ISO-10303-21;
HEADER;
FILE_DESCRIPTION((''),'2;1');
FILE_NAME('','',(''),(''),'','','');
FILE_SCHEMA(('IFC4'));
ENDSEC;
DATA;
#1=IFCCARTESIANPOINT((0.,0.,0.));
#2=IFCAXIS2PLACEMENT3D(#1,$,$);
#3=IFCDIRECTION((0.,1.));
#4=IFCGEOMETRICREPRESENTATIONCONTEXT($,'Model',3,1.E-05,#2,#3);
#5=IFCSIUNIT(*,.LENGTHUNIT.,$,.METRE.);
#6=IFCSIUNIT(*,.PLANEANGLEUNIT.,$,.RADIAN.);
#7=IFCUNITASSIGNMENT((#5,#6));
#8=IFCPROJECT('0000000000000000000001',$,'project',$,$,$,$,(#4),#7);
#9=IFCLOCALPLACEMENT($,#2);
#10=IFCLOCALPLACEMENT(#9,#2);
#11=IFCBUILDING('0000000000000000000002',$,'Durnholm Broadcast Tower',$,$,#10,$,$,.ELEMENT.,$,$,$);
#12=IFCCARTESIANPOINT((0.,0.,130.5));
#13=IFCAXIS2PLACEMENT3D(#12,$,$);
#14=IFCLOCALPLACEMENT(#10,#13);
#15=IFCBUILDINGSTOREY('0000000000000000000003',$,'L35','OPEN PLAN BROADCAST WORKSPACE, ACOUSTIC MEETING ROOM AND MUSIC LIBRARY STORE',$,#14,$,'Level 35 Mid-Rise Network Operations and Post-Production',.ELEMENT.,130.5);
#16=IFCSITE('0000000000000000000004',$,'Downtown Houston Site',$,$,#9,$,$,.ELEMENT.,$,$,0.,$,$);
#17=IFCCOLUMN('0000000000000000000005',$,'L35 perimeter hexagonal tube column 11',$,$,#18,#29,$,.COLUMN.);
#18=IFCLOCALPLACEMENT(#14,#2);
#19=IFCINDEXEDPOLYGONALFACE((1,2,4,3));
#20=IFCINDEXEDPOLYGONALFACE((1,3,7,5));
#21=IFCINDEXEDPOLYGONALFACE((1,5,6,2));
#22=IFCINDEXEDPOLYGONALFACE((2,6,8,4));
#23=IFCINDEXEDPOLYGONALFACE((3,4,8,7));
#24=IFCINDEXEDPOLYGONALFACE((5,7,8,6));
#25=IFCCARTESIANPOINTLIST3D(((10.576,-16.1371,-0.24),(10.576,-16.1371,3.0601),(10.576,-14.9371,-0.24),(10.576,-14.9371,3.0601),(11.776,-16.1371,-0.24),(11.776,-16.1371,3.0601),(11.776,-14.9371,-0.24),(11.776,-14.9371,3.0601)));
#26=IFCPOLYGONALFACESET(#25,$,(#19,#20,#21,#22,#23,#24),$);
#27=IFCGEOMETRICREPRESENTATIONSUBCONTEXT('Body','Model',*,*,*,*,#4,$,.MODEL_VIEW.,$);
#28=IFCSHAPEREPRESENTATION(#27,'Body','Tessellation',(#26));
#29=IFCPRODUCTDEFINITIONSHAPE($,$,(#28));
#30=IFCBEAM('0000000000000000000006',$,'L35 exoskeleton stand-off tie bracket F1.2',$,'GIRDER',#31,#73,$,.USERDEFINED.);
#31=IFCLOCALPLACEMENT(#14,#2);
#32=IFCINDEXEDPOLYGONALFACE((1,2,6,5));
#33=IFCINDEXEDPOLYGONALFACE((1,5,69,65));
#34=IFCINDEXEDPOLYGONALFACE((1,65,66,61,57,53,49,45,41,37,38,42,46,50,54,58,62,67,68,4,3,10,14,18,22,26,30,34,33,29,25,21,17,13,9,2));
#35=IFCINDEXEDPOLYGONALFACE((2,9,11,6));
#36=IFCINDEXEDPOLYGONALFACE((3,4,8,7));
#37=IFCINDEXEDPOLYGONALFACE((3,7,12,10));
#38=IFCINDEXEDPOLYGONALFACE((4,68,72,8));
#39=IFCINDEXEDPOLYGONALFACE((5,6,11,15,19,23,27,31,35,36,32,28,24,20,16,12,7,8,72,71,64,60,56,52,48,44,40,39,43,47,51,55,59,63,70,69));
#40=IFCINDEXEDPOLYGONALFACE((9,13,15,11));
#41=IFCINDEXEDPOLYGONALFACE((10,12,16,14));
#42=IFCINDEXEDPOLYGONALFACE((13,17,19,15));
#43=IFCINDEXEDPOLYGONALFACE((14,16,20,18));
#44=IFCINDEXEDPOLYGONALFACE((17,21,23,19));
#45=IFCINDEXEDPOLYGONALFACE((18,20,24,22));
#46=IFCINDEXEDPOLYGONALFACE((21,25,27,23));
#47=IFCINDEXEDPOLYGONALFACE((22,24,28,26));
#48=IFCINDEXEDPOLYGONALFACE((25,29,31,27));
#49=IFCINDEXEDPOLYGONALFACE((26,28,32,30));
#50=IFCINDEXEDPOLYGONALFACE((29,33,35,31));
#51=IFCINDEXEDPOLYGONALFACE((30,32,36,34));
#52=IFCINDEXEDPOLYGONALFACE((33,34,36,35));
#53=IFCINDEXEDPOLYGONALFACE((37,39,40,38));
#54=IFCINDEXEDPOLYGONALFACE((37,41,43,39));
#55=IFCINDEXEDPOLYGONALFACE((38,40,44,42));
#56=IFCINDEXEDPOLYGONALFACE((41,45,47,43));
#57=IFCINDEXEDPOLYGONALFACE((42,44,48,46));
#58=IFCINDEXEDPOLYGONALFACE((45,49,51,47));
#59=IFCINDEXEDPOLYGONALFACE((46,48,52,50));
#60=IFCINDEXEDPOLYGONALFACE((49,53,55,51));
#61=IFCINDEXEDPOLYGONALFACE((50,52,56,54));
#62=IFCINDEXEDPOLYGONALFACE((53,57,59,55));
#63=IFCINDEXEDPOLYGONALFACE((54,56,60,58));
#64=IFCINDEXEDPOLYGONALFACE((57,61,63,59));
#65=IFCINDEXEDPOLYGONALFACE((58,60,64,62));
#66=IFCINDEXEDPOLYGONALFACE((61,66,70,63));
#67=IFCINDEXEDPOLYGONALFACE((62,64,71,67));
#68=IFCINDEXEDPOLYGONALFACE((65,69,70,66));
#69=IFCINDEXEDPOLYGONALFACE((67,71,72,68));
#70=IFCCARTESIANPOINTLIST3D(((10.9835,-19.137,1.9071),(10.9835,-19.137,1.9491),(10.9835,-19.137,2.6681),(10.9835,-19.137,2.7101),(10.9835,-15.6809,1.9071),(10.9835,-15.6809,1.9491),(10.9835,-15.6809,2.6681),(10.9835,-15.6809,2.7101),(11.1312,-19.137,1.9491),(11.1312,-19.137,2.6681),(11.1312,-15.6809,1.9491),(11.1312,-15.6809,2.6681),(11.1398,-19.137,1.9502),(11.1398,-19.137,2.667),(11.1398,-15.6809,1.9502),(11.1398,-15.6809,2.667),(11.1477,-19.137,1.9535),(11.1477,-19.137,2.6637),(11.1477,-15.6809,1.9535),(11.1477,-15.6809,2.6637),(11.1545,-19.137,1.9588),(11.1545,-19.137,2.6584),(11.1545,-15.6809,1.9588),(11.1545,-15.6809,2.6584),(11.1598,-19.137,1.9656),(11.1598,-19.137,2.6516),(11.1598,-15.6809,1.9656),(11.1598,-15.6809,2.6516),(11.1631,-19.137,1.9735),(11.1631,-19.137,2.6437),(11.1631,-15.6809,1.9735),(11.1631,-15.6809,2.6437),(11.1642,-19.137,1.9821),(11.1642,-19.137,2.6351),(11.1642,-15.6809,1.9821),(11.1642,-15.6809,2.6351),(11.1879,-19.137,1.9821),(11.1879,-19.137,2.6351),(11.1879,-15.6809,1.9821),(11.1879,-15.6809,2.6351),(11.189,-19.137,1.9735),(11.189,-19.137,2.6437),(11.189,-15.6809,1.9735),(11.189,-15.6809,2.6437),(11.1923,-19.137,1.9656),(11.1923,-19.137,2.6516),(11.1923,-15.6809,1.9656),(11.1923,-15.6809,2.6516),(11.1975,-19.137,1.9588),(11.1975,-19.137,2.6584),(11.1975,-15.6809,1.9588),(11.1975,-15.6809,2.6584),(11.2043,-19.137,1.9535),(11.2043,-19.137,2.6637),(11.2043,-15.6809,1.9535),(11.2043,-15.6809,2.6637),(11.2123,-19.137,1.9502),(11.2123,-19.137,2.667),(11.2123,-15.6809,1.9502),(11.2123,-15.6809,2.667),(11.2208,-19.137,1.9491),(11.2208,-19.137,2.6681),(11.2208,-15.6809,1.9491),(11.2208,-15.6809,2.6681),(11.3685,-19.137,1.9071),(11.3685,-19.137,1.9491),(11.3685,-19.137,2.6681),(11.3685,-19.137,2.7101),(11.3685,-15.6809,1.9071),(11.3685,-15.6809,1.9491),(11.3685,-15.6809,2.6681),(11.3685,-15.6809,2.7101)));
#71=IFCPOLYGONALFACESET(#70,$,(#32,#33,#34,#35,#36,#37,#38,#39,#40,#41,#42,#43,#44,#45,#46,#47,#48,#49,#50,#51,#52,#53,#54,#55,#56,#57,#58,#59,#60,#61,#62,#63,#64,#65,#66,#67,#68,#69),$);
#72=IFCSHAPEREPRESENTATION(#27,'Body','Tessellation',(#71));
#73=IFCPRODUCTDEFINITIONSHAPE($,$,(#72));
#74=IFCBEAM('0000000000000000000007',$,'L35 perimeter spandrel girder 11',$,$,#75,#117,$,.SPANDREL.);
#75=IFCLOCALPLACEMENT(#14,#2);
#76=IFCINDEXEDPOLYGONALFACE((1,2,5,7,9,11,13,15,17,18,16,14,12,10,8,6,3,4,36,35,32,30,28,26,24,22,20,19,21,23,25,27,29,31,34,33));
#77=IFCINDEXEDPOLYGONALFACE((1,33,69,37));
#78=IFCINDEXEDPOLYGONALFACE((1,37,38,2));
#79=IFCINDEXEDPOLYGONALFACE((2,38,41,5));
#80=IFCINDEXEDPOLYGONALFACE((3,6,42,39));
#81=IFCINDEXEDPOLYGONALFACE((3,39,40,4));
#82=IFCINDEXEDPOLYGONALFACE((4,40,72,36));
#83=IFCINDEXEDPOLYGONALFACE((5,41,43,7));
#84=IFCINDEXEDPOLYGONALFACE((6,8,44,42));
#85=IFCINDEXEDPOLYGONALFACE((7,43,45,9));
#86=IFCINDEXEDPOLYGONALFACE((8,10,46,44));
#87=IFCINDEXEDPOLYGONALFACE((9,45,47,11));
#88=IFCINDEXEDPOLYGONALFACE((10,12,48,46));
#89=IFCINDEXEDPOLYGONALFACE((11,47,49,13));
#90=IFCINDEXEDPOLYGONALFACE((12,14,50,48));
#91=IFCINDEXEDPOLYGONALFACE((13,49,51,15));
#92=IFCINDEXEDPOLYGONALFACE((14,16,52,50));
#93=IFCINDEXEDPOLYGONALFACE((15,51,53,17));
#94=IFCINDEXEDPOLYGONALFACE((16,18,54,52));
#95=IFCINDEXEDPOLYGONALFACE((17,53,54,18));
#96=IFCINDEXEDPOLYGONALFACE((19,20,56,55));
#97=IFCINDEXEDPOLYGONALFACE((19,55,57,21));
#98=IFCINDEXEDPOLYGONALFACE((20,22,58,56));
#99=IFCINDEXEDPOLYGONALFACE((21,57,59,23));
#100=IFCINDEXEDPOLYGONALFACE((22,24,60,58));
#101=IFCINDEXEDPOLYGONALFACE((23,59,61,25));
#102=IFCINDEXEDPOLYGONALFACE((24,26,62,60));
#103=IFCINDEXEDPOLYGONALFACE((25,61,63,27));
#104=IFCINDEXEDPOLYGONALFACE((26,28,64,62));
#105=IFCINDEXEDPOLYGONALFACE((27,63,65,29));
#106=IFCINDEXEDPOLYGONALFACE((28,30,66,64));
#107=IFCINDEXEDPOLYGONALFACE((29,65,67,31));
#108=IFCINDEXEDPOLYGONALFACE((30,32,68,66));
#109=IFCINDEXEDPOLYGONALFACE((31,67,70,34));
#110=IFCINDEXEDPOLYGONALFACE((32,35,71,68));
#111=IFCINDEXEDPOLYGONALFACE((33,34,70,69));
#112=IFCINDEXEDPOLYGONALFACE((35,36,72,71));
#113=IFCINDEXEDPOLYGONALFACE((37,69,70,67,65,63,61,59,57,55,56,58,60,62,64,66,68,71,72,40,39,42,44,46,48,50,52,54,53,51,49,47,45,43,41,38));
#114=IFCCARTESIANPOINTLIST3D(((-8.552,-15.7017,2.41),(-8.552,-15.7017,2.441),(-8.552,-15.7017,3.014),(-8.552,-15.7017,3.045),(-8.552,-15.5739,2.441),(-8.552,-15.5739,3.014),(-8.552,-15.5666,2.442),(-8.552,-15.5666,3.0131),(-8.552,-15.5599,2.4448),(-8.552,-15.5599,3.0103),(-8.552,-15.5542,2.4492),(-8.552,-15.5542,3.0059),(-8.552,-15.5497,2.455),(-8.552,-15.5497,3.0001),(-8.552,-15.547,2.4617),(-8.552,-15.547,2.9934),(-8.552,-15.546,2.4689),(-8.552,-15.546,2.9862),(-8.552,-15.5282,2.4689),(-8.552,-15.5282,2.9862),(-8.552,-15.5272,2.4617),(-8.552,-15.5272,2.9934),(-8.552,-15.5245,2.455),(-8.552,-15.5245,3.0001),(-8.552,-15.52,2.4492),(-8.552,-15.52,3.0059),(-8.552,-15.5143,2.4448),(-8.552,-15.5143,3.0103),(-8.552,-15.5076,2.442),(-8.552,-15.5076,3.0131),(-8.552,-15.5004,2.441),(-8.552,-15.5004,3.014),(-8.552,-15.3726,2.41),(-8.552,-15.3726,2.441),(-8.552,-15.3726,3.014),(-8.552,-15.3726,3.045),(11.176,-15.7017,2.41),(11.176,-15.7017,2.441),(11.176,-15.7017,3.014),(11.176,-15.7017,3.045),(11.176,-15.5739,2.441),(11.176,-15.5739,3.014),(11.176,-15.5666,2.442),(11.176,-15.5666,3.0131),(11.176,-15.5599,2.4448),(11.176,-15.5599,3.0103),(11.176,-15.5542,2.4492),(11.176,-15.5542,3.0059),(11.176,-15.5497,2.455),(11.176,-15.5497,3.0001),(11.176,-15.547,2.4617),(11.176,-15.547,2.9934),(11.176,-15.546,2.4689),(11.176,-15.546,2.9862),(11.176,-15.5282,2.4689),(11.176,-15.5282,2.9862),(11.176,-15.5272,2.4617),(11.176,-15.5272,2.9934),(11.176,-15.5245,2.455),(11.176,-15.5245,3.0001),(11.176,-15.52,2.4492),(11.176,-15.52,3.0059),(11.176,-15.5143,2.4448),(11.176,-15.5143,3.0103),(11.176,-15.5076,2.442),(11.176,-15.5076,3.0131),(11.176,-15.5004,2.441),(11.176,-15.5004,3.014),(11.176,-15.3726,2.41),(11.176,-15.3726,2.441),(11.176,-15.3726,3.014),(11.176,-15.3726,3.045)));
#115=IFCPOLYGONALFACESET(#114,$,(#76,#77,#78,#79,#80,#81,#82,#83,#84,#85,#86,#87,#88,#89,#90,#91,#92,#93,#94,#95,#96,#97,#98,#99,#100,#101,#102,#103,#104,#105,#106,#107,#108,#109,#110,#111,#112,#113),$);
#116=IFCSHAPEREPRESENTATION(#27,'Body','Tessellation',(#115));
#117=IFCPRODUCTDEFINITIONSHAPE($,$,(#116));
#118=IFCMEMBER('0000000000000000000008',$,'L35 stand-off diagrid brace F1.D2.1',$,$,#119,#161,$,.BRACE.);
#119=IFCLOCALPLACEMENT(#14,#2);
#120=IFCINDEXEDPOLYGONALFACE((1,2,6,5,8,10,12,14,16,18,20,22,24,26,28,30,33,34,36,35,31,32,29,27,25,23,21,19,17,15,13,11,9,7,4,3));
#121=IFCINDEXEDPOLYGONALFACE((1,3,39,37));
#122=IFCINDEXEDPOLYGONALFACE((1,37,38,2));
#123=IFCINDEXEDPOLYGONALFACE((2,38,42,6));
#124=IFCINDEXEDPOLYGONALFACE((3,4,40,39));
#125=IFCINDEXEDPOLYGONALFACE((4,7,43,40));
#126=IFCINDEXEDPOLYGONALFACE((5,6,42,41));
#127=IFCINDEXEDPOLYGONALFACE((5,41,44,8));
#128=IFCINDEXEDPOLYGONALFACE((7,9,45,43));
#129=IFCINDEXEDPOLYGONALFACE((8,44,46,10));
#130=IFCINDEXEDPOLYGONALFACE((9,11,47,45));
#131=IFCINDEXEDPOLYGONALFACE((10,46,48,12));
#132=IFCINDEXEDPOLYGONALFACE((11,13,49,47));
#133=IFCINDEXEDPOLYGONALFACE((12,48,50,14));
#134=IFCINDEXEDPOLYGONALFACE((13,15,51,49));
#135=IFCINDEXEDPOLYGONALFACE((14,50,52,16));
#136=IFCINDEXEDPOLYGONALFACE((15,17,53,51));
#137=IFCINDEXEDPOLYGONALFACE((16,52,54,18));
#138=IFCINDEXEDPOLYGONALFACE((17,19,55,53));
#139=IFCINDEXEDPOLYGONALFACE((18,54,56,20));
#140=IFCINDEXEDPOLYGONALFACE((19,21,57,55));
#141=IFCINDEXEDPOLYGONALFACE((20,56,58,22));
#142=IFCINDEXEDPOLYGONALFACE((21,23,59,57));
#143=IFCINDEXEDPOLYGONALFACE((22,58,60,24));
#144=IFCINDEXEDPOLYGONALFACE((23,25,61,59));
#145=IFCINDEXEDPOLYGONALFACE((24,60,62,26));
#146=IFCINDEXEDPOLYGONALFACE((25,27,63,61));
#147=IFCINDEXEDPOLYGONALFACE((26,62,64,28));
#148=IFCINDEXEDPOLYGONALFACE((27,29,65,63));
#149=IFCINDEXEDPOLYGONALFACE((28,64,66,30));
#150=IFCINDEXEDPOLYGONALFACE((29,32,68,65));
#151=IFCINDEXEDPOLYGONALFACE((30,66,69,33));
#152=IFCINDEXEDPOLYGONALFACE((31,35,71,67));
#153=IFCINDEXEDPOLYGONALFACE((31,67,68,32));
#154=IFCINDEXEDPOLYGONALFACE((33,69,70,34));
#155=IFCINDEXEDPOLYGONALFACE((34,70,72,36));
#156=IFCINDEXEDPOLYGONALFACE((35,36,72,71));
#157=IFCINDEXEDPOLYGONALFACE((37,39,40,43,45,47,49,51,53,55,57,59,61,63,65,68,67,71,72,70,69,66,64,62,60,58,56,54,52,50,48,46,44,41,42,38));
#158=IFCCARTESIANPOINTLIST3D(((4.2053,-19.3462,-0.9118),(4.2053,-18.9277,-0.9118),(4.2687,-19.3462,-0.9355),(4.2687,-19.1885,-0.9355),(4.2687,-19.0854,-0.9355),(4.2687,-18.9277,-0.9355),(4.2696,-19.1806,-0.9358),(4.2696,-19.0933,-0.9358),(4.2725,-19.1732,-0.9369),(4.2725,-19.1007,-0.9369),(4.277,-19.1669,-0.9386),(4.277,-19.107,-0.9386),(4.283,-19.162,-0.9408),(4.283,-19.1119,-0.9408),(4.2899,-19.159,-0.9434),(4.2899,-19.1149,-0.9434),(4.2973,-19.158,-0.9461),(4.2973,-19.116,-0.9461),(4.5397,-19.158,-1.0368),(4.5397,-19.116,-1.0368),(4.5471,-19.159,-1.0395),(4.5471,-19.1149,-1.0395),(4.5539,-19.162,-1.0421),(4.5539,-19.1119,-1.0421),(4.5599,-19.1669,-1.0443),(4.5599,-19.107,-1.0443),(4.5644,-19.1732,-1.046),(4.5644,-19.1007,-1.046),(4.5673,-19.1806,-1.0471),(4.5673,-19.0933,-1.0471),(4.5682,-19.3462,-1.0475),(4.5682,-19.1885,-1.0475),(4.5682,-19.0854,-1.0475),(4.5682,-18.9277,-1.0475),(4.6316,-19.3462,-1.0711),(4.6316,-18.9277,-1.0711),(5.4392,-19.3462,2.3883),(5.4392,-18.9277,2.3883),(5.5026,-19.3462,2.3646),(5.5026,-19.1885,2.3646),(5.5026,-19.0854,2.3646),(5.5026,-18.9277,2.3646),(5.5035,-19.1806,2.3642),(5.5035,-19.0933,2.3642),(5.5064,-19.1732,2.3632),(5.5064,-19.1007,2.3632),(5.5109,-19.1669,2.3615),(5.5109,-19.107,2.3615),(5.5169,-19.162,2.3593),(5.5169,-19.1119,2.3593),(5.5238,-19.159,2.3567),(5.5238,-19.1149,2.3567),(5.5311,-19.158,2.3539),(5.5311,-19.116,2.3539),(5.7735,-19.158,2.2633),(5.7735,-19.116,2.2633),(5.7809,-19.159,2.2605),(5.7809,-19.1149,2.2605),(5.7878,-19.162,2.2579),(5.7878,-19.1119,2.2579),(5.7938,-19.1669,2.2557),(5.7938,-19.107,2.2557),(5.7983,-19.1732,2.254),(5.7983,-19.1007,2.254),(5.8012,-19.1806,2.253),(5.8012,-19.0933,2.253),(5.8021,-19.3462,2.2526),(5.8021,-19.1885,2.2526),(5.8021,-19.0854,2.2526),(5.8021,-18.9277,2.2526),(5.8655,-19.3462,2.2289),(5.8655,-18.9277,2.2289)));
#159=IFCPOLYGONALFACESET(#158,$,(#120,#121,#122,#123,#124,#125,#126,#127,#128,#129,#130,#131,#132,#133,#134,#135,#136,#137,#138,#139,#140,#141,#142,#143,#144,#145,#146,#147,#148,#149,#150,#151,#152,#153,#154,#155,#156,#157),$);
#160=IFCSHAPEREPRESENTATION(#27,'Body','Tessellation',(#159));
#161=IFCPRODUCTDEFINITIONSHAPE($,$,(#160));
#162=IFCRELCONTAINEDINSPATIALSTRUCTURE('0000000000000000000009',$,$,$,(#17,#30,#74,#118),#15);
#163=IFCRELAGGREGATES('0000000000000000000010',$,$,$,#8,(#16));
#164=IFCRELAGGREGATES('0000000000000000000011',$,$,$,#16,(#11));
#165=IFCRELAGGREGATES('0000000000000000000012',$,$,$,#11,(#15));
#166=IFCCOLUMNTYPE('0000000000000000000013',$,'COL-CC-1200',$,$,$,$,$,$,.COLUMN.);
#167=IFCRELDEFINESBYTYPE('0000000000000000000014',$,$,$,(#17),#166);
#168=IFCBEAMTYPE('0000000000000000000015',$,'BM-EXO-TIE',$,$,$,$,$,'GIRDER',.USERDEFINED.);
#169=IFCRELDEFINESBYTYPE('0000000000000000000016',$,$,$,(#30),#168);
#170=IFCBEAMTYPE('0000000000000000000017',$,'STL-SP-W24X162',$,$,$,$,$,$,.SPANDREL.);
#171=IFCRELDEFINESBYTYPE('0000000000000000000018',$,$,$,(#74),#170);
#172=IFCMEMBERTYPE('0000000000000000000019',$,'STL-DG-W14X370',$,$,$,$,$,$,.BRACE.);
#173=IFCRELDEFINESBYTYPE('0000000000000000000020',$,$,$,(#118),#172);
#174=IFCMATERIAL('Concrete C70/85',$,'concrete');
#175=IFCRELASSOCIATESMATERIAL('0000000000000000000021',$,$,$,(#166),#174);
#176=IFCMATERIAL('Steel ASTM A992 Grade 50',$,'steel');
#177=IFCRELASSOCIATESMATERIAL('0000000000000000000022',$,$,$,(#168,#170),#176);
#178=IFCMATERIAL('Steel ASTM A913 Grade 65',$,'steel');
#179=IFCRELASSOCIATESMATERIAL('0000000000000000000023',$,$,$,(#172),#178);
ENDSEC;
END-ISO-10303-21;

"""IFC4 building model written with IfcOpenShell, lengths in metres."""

from ifc_helpers import new_model, si_unit, direction, frame, origin, origin_2d, place, context, subcontext, project, spatial, rectangle, i_section, extrude, source, transform, mapped, material, material_profile, profile_set, type_object, type_shapes, element, save


model = new_model("IFC4")

# Units and contexts
model_context = context("Model", 3, precision=1e-05, world=origin(), true_north=direction((0.0, 1.0)))
body_context = subcontext(model_context, "Body", "Model", "MODEL_VIEW")
ifc_project = project(units=[si_unit("LENGTHUNIT", "METRE"), si_unit("PLANEANGLEUNIT", "RADIAN")], contexts=[model_context])

# Site, building, storey
site_placement = place(None, origin())
site = spatial("IfcSite", under=ifc_project, at=site_placement, Name="Downtown Houston Site", CompositionType="ELEMENT", RefElevation=0.0)
building_placement = place(site_placement, origin())
building = spatial("IfcBuilding", under=site, at=building_placement, Name="Durnholm Broadcast Tower", CompositionType="ELEMENT")
storey_placement = place(building_placement, frame((0.0, 0.0, 130.5)))
storey = spatial("IfcBuildingStorey", under=building, at=storey_placement, Name="L35", Description="OPEN PLAN BROADCAST WORKSPACE, ACOUSTIC MEETING ROOM AND MUSIC LIBRARY STORE", LongName="Level 35 Mid-Rise Network Operations and Post-Production", CompositionType="ELEMENT", Elevation=130.5)

# Column
ifc_material_1 = material(Name="Concrete C70/85", Category="concrete")
ifc_material_profile_1 = material_profile(ifc_material_1, rectangle(XDim=1.2, YDim=1.2, at=origin_2d()), Name="RC1200X1200")
ifc_profile_set_1 = profile_set([ifc_material_profile_1], Name="Concrete C70/85")
column_type = type_object("IfcColumnType", Name="COL-CC-1200", PredefinedType="COLUMN", material=ifc_profile_set_1)
shared_shape_1 = source(origin(), body_context, "Body", "SweptSolid", [
    extrude(rectangle(XDim=1.2, YDim=1.2, at=origin_2d()), origin(), (0.0, 0.0, 1.0), 3.3),
])
type_shapes(column_type, [shared_shape_1])
column_placement = place(storey_placement, frame((11.176, -15.5371, -0.24), z_axis=(0.0, 0.0, 1.0), x_axis=(1.0, 0.0, 0.0)))
element("IfcColumn", 1, at=column_placement, inside=storey, type_object=column_type, Name="L35 perimeter hexagonal tube column 11", PredefinedType="COLUMN", context=body_context, shape_type="MappedRepresentation", body=[
    mapped(shared_shape_1, transform((0.0, 0.0, 0.0), x_axis=(1.0, 0.0, 0.0), y_axis=(0.0, 1.0, 0.0), z_axis=(0.0, 0.0, 1.0), scale=1.0)),
])

# Beams
ifc_material_2 = material(Name="Steel ASTM A992 Grade 50", Category="steel")
ifc_material_profile_2 = material_profile(ifc_material_2, i_section(OverallWidth=0.385, OverallDepth=0.803, WebThickness=0.0237, FlangeThickness=0.042, FilletRadius=0.033, at=origin_2d()), Name="W30X261")
ifc_profile_set_2 = profile_set([ifc_material_profile_2], Name="Steel ASTM A992 Grade 50")
beam_type_1 = type_object("IfcBeamType", Name="BM-EXO-TIE", ElementType="GIRDER", PredefinedType="USERDEFINED", material=ifc_profile_set_2)
shared_shape_2 = source(origin(), body_context, "Body", "SweptSolid", [
    extrude(i_section(OverallWidth=0.385, OverallDepth=0.803, WebThickness=0.0237, FlangeThickness=0.042, FilletRadius=0.033, at=origin_2d()), origin(), (0.0, 0.0, 1.0), 3.4561),
])
type_shapes(beam_type_1, [shared_shape_2])
beam_1_placement = place(storey_placement, frame((11.176, -15.6809, 2.3086), z_axis=(0.0, -1.0, 0.0), x_axis=(1.0, 0.0, 0.0)))
element("IfcBeam", 2, at=beam_1_placement, inside=storey, type_object=beam_type_1, Name="L35 exoskeleton stand-off tie bracket F1.2", ObjectType="GIRDER", PredefinedType="USERDEFINED", context=body_context, shape_type="MappedRepresentation", body=[
    mapped(shared_shape_2, transform((0.0, 0.0, 0.0), x_axis=(1.0, 0.0, 0.0), y_axis=(0.0, 1.0, 0.0), z_axis=(0.0, 0.0, 1.0), scale=1.0)),
])
ifc_material_profile_3 = material_profile(ifc_material_2, i_section(OverallWidth=0.3291, OverallDepth=0.635, WebThickness=0.0178, FlangeThickness=0.031, FilletRadius=0.0278, at=origin_2d()), Name="W24X162")
ifc_profile_set_3 = profile_set([ifc_material_profile_3], Name="Steel ASTM A992 Grade 50")
beam_type_2 = type_object("IfcBeamType", Name="STL-SP-W24X162", PredefinedType="SPANDREL", material=ifc_profile_set_3)
shared_shape_3 = source(origin(), body_context, "Body", "SweptSolid", [
    extrude(i_section(OverallWidth=0.3291, OverallDepth=0.635, WebThickness=0.0178, FlangeThickness=0.031, FilletRadius=0.0278, at=origin_2d()), origin(), (0.0, 0.0, 1.0), 19.728),
])
type_shapes(beam_type_2, [shared_shape_3])
beam_2_placement = place(storey_placement, frame((11.176, -15.5371, 2.7275), z_axis=(-1.0, 0.0, 0.0), x_axis=(0.0, -1.0, 0.0)))
element("IfcBeam", 3, at=beam_2_placement, inside=storey, type_object=beam_type_2, Name="L35 perimeter spandrel girder 11", PredefinedType="SPANDREL", context=body_context, shape_type="MappedRepresentation", body=[
    mapped(shared_shape_3, transform((0.0, 0.0, 0.0), x_axis=(1.0, 0.0, 0.0), y_axis=(0.0, 1.0, 0.0), z_axis=(0.0, 0.0, 1.0), scale=1.0)),
])

# Member
ifc_material_3 = material(Name="Steel ASTM A913 Grade 65", Category="steel")
ifc_material_profile_4 = material_profile(ifc_material_3, i_section(OverallWidth=0.4185, OverallDepth=0.4551, WebThickness=0.042, FlangeThickness=0.0676, FilletRadius=0.0305, at=origin_2d()), Name="W14X370")
ifc_profile_set_4 = profile_set([ifc_material_profile_4], Name="Steel ASTM A913 Grade 65")
member_type_1 = type_object("IfcMemberType", Name="STL-DG-W14X370", PredefinedType="BRACE", material=ifc_profile_set_4)
shared_shape_4 = source(origin(), body_context, "Body", "SweptSolid", [
    extrude(i_section(OverallWidth=0.4185, OverallDepth=0.4551, WebThickness=0.042, FlangeThickness=0.0676, FilletRadius=0.0305, at=origin_2d()), origin(), (0.0, 0.0, 1.0), 3.5232),
])
type_shapes(member_type_1, [shared_shape_4])
for number, where, z_axis, x_axis, name in (
    (4, (4.4185, -19.137, -0.9915), (0.35022, 0.0, 0.936668), (0.0, 1.0, 0.0), "L35 stand-off diagrid brace F1.D2.1"),
):
    element("IfcMember", number, at=place(storey_placement, frame(where, z_axis=z_axis, x_axis=x_axis)), inside=storey, type_object=member_type_1, Name=name, PredefinedType="BRACE", context=body_context, shape_type="MappedRepresentation", body=[
        mapped(shared_shape_4, transform((0.0, 0.0, 0.0), x_axis=(1.0, 0.0, 0.0), y_axis=(0.0, 1.0, 0.0), z_axis=(0.0, 0.0, 1.0), scale=1.0)),
    ])

save(model, "model.ifc")
